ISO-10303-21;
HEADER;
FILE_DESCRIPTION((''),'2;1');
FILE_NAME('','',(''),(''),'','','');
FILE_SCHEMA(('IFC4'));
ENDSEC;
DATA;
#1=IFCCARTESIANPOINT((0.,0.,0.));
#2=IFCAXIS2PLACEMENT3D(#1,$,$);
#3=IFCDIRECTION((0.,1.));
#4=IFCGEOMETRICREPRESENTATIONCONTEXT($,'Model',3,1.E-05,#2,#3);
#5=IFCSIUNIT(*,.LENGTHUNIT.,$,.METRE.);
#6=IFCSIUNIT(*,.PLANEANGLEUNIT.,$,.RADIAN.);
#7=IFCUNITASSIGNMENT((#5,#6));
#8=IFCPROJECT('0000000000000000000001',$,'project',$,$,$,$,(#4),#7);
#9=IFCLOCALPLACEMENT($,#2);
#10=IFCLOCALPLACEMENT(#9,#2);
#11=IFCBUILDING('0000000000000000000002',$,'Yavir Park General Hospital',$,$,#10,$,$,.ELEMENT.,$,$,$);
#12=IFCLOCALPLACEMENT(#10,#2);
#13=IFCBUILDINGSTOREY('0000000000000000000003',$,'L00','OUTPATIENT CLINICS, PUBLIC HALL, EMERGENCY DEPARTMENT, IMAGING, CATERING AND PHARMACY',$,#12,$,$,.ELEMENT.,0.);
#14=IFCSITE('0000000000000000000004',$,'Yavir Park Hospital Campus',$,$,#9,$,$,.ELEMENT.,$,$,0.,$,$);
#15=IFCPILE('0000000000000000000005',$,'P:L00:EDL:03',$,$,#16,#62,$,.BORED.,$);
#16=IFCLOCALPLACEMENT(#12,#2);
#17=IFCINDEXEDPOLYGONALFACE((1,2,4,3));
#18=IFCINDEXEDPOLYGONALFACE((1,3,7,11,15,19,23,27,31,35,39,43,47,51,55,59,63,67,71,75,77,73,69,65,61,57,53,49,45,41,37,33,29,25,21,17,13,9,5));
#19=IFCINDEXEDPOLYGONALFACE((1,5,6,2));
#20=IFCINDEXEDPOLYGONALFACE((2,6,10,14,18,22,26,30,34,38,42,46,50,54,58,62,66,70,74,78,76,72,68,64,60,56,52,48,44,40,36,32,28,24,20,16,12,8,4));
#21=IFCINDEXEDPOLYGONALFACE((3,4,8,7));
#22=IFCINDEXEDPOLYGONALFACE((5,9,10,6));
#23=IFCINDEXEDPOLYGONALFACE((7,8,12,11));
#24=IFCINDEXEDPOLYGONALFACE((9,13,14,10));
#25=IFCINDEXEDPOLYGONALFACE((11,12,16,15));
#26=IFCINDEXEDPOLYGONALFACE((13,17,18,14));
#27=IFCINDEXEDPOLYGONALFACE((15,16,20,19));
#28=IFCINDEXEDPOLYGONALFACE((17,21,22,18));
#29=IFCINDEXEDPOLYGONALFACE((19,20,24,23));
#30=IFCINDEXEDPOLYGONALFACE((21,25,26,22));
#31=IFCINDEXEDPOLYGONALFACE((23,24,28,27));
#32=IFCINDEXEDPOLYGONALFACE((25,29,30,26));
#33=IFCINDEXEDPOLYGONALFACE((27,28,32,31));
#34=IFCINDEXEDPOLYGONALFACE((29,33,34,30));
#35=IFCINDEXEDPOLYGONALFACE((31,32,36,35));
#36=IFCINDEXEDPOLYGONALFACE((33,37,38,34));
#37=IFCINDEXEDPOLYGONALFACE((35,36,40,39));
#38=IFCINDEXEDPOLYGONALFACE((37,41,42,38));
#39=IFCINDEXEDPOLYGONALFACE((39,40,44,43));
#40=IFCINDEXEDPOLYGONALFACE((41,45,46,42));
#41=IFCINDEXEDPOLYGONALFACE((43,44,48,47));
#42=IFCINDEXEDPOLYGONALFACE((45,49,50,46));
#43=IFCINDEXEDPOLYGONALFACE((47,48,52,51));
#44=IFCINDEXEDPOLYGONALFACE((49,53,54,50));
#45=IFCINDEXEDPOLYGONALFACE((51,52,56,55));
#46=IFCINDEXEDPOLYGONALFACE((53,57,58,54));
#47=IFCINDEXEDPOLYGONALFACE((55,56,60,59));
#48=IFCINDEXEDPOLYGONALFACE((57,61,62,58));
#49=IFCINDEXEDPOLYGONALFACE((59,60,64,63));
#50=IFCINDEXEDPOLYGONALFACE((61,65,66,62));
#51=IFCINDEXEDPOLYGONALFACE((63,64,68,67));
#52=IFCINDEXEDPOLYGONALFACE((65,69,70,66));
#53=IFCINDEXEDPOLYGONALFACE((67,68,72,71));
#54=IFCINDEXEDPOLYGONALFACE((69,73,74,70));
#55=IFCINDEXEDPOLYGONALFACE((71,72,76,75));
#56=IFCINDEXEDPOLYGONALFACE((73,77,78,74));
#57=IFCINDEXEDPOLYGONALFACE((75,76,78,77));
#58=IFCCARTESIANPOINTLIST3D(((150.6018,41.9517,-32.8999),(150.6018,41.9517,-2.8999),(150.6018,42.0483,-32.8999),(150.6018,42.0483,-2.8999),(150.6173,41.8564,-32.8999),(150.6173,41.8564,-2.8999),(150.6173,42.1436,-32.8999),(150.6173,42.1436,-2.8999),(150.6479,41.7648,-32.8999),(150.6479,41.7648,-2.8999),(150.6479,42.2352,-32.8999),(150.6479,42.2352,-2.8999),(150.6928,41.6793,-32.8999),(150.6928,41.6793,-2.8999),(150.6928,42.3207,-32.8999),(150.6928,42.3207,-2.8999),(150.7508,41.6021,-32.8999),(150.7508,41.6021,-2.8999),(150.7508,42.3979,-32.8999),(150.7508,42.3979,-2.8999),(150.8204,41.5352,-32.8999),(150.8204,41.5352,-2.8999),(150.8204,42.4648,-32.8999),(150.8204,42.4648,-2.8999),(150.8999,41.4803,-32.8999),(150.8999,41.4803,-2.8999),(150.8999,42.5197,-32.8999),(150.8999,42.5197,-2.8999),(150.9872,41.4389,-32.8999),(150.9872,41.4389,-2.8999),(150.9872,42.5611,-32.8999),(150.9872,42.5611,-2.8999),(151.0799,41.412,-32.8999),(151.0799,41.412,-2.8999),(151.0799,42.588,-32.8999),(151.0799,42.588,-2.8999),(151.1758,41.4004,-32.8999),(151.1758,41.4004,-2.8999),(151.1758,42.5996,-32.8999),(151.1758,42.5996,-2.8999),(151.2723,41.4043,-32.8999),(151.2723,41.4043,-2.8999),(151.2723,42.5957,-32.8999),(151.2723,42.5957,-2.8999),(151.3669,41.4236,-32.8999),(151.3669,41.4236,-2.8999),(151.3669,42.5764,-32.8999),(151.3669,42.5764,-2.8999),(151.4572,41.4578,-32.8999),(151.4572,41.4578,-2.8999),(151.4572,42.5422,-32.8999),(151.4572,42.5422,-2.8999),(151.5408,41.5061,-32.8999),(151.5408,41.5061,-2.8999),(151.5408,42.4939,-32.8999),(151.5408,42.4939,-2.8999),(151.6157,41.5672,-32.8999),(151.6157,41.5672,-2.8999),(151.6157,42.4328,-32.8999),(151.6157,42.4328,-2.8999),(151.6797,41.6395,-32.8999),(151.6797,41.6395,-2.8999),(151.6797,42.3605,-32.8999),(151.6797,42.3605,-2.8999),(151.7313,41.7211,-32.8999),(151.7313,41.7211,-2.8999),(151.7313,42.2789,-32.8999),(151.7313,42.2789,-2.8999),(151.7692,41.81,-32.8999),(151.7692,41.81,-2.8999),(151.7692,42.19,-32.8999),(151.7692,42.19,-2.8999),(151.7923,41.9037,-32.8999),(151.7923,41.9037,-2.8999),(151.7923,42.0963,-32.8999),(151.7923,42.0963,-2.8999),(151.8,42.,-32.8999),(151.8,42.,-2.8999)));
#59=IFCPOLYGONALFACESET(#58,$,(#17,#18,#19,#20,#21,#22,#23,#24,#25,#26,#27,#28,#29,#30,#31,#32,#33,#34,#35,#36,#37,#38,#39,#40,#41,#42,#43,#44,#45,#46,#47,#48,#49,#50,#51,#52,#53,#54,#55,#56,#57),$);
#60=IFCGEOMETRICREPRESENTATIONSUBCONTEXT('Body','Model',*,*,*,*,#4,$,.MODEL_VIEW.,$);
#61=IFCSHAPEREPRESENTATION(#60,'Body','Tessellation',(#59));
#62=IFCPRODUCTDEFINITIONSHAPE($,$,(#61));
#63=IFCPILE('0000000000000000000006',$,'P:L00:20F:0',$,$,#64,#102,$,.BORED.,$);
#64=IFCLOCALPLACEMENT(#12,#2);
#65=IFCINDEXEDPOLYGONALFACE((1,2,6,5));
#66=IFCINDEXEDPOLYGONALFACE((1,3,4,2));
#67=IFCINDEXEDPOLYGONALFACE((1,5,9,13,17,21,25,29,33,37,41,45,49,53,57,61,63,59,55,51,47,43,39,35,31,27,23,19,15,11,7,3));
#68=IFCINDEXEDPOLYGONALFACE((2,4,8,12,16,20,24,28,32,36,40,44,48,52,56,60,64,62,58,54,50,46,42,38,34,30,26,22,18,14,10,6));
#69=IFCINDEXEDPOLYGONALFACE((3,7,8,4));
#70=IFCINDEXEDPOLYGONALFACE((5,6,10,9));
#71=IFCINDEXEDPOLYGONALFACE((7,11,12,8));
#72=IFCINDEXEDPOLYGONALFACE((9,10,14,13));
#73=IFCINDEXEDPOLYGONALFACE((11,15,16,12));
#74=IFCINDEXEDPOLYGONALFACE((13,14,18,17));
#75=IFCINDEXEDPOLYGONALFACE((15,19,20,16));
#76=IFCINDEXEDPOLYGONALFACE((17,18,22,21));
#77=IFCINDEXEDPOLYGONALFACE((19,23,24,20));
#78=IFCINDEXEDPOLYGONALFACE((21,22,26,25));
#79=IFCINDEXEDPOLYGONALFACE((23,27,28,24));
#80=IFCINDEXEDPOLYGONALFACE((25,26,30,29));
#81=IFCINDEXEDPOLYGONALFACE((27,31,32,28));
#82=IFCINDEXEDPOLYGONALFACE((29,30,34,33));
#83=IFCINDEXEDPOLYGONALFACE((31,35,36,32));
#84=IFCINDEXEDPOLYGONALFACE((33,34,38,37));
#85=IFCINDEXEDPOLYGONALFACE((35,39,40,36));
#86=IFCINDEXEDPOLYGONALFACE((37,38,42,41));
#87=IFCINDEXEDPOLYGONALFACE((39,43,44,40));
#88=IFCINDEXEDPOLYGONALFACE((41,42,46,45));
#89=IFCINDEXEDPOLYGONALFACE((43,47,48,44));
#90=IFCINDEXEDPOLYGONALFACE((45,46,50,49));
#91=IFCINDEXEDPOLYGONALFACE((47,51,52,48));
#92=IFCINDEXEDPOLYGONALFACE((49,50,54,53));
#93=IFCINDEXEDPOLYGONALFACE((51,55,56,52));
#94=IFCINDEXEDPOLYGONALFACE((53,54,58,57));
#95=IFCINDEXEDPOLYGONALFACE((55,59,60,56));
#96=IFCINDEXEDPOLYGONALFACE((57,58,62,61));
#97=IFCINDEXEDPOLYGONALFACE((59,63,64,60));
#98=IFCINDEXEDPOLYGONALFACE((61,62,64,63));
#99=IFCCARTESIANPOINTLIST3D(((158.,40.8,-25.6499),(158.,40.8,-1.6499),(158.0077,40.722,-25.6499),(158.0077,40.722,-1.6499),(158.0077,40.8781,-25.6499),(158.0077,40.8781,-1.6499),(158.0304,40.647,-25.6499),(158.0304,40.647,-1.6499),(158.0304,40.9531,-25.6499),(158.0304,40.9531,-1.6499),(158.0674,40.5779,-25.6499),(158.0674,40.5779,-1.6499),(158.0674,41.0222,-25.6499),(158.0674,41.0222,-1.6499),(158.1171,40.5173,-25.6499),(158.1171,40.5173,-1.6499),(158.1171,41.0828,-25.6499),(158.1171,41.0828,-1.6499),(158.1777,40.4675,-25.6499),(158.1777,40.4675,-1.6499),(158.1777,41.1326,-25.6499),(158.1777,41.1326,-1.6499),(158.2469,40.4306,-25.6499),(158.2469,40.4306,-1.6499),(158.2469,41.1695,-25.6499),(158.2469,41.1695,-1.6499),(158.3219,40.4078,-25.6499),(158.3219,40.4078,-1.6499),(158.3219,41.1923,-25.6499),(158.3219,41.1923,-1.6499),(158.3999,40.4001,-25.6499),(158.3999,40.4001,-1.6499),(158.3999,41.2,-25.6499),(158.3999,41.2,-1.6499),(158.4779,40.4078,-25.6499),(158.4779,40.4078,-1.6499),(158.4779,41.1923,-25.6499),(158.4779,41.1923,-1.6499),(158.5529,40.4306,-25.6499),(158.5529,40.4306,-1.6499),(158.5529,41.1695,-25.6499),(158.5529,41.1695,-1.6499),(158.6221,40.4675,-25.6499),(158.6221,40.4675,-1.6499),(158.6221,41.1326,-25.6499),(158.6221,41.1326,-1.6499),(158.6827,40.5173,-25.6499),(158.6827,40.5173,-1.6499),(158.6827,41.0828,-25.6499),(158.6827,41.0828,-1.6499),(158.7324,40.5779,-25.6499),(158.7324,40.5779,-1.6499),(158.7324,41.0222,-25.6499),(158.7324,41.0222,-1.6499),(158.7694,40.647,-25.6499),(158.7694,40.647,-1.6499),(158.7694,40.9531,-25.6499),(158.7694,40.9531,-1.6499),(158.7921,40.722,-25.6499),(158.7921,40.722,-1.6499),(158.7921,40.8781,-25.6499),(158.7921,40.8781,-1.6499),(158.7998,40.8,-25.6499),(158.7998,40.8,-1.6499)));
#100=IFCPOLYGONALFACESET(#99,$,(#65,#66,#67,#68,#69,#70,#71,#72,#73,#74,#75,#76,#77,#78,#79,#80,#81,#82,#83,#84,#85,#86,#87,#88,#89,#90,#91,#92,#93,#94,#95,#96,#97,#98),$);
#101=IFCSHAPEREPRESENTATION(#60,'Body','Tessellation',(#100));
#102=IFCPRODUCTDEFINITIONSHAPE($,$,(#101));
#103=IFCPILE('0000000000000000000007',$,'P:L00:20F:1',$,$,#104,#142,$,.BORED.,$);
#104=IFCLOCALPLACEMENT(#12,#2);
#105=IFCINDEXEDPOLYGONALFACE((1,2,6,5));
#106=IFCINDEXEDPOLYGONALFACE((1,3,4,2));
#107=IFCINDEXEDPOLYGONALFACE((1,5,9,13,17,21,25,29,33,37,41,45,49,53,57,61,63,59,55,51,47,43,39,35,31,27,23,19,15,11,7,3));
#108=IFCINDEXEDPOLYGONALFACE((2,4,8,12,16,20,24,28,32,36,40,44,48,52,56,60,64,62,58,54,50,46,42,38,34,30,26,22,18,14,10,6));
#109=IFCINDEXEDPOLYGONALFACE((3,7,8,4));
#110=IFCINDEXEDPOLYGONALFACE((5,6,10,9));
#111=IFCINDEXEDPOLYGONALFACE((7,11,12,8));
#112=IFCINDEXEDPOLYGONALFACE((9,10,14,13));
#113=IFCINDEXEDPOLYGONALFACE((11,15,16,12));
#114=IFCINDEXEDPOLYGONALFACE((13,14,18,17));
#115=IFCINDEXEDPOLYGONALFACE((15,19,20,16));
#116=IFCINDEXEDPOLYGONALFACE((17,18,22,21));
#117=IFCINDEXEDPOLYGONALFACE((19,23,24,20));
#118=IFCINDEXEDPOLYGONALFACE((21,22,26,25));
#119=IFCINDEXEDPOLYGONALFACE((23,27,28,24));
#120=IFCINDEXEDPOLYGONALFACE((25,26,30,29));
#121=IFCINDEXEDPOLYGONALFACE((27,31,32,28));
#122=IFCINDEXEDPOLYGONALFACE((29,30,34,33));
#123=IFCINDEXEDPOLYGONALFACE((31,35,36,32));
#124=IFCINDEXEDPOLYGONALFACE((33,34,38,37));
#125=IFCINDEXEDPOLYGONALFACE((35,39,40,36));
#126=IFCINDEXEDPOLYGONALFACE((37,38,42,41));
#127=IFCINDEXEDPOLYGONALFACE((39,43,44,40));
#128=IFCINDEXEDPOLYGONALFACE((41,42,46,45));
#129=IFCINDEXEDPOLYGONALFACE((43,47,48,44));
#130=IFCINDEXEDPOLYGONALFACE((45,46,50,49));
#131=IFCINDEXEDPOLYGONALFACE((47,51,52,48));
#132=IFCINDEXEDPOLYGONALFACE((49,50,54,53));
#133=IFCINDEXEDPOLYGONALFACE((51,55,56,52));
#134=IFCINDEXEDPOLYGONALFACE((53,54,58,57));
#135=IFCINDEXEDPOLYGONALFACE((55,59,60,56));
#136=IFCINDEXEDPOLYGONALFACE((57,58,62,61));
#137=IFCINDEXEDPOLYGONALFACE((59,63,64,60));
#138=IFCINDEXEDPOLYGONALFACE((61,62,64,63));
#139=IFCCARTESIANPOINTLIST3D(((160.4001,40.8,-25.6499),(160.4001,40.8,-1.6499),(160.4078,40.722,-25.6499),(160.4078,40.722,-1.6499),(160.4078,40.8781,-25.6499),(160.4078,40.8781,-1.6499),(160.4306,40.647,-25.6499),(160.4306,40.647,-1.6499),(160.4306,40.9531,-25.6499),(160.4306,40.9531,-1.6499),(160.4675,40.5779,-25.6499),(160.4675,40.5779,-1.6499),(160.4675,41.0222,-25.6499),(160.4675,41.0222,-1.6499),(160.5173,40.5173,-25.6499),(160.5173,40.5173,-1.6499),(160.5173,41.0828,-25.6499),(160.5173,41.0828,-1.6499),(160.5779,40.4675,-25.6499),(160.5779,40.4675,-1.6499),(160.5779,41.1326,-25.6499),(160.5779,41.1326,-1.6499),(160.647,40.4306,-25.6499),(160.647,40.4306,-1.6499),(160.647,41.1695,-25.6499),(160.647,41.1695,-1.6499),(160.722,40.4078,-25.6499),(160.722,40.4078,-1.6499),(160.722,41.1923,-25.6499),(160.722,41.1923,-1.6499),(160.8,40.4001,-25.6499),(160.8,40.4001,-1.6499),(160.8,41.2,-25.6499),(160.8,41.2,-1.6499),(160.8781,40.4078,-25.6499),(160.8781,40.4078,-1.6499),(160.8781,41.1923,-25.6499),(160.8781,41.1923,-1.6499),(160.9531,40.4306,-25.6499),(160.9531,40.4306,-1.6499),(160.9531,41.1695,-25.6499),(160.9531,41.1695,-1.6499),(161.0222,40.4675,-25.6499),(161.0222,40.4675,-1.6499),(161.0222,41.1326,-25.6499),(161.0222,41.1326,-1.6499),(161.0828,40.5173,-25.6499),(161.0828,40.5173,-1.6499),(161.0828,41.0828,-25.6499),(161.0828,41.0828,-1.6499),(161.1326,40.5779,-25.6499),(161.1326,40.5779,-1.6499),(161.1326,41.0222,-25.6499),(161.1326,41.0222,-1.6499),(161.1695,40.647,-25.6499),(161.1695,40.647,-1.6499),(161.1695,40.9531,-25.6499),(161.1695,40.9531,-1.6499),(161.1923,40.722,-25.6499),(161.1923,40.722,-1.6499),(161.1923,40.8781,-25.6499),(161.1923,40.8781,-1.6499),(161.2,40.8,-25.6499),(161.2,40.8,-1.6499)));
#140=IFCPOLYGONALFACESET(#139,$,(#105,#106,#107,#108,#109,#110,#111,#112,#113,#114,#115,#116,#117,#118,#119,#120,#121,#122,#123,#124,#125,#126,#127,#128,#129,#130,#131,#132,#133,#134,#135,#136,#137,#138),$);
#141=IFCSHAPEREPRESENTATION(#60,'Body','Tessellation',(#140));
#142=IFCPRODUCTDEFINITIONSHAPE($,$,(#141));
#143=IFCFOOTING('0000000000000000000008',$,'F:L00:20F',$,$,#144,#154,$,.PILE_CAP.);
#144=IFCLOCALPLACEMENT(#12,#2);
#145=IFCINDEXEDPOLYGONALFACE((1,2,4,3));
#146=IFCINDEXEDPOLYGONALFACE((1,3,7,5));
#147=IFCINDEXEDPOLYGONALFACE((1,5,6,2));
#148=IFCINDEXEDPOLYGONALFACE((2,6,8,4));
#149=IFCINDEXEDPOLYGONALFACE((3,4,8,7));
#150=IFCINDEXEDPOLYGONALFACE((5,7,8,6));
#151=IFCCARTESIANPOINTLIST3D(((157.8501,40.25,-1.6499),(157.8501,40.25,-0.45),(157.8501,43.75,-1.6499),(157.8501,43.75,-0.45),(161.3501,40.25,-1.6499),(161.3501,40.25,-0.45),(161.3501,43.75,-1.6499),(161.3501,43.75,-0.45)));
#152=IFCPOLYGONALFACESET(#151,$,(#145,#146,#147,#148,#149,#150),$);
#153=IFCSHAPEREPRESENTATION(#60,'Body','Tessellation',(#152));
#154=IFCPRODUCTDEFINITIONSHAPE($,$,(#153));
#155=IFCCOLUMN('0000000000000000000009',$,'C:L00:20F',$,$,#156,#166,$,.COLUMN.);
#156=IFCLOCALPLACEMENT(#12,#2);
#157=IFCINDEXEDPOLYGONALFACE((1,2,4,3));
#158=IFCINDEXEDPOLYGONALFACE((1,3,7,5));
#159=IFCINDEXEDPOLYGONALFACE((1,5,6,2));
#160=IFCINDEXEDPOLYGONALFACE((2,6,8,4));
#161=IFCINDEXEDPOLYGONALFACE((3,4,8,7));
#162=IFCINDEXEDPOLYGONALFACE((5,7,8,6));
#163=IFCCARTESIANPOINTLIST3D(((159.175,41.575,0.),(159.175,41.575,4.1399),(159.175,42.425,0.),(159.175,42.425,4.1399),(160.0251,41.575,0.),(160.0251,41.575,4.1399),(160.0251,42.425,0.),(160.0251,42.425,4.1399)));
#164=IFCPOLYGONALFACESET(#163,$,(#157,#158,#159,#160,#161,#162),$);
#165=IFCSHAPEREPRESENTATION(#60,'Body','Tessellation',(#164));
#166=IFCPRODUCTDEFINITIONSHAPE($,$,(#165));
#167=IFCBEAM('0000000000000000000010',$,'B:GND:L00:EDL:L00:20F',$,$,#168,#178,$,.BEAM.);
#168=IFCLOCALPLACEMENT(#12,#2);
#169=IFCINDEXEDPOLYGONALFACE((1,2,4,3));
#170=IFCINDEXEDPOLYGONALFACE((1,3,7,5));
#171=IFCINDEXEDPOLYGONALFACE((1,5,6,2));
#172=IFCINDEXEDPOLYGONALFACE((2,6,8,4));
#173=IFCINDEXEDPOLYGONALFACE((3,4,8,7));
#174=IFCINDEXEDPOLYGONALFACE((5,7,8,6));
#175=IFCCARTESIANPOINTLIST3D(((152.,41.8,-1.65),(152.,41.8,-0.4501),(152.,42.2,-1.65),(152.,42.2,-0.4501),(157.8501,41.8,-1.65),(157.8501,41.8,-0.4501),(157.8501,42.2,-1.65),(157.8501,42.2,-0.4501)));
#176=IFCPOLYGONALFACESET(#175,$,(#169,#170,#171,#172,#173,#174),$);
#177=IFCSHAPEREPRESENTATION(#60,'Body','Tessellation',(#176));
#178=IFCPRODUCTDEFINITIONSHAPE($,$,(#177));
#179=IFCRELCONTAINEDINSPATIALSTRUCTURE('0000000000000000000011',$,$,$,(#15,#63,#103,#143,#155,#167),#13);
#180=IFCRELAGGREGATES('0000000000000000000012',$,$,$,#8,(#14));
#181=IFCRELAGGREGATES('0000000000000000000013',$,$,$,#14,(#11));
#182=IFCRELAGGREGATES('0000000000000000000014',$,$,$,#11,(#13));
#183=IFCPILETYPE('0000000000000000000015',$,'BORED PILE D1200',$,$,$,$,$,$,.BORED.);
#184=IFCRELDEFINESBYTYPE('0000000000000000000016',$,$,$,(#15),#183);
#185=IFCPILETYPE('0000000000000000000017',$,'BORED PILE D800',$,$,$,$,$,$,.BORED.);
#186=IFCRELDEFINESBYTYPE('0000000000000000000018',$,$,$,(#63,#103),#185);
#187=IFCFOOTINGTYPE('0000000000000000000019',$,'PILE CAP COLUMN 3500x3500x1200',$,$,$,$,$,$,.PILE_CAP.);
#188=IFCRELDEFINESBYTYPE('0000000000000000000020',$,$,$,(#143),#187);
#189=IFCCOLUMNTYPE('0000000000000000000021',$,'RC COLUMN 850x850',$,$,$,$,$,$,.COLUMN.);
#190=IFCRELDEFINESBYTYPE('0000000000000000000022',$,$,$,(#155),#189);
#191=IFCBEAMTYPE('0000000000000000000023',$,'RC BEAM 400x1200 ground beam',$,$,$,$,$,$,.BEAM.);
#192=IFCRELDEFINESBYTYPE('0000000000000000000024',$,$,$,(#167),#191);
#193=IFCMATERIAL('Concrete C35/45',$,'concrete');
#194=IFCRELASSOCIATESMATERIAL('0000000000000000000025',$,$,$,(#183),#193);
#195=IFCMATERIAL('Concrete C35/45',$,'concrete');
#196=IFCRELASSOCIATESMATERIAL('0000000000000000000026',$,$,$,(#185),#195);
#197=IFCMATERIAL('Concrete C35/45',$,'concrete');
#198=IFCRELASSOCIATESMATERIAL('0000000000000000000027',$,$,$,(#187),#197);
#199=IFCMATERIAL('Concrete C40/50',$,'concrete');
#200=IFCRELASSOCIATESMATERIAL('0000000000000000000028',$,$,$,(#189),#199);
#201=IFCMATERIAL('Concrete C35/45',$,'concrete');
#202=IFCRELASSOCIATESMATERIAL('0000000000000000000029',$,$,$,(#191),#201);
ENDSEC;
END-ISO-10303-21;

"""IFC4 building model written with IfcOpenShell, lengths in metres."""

from ifc_helpers import new_model, si_unit, direction, frame, origin, origin_2d, place, context, subcontext, project, spatial, rectangle, circle, extrude, material, material_profile, profile_set, type_object, element, save


model = new_model("IFC4")

# Units and contexts
model_context = context("Model", 3, precision=1e-05, world=origin(), true_north=direction((0.0, 1.0)))
body_context = subcontext(model_context, "Body", "Model", "MODEL_VIEW")
ifc_project = project(units=[si_unit("LENGTHUNIT", "METRE"), si_unit("PLANEANGLEUNIT", "RADIAN")], contexts=[model_context])

# Site, building, storey
site_placement = place(None, origin())
site = spatial("IfcSite", under=ifc_project, at=site_placement, Name="Yavir Park Hospital Campus", CompositionType="ELEMENT", RefElevation=0.0)
building_placement = place(site_placement, origin())
building = spatial("IfcBuilding", under=site, at=building_placement, Name="Yavir Park General Hospital", CompositionType="ELEMENT")
storey_placement = place(building_placement, origin())
storey = spatial("IfcBuildingStorey", under=building, at=storey_placement, Name="L00", Description="OUTPATIENT CLINICS, PUBLIC HALL, EMERGENCY DEPARTMENT, IMAGING, CATERING AND PHARMACY", CompositionType="ELEMENT", Elevation=0.0)

# Piles
ifc_material_1 = material(Name="Concrete C35/45", Category="concrete")
ifc_material_profile_1 = material_profile(ifc_material_1, circle(Radius=0.6001, at=origin_2d()), Name="D1200")
ifc_profile_set_1 = profile_set([ifc_material_profile_1], Name="Concrete C35/45")
pile_type_1 = type_object("IfcPileType", Name="BORED PILE D1200", PredefinedType="BORED", material=ifc_profile_set_1)
pile_placement = place(storey_placement, frame((151.2, 42.0, -2.8999), z_axis=(0.0, 0.0, -1.0), x_axis=(1.0, 0.0, 0.0)))
element("IfcPile", 1, at=pile_placement, inside=storey, type_object=pile_type_1, Name="P:L00:EDL:03", PredefinedType="BORED", context=body_context, shape_type="SweptSolid", body=[
    extrude(circle(Radius=0.6001, at=origin_2d()), origin(), (0.0, 0.0, 1.0), 30.0),
])
ifc_material_2 = material(Name="Concrete C35/45", Category="concrete")
ifc_material_profile_2 = material_profile(ifc_material_2, circle(Radius=0.3999, at=origin_2d()), Name="D800")
ifc_profile_set_2 = profile_set([ifc_material_profile_2], Name="Concrete C35/45")
pile_type_2 = type_object("IfcPileType", Name="BORED PILE D800", PredefinedType="BORED", material=ifc_profile_set_2)
for number, where, z_axis, x_axis, name in (
    (2, (158.3999, 40.8, -1.6499), (0.0, 0.0, -1.0), (1.0, 0.0, 0.0), "P:L00:20F:0"),
    (3, (160.8, 40.8, -1.6499), (0.0, 0.0, -1.0), (1.0, 0.0, 0.0), "P:L00:20F:1"),
):
    element("IfcPile", number, at=place(storey_placement, frame(where, z_axis=z_axis, x_axis=x_axis)), inside=storey, type_object=pile_type_2, Name=name, PredefinedType="BORED", context=body_context, shape_type="SweptSolid", body=[
        extrude(circle(Radius=0.3999, at=origin_2d()), origin(), (0.0, 0.0, 1.0), 24.0),
    ])

# Footing
ifc_material_3 = material(Name="Concrete C35/45", Category="concrete")
footing_type = type_object("IfcFootingType", Name="PILE CAP COLUMN 3500x3500x1200", PredefinedType="PILE_CAP", material=ifc_material_3)
footing_placement = place(storey_placement, frame((159.6001, 42.0, -1.6499), z_axis=(0.0, 0.0, 1.0), x_axis=(1.0, 0.0, 0.0)))
element("IfcFooting", 4, at=footing_placement, inside=storey, type_object=footing_type, Name="F:L00:20F", PredefinedType="PILE_CAP", context=body_context, shape_type="SweptSolid", body=[
    extrude(rectangle(XDim=3.5, YDim=3.5, at=origin_2d()), origin(), (0.0, 0.0, 1.0), 1.2),
])

# Column
ifc_material_4 = material(Name="Concrete C40/50", Category="concrete")
ifc_material_profile_3 = material_profile(ifc_material_4, rectangle(XDim=0.8501, YDim=0.8501, at=origin_2d()), Name="RC850x850")
ifc_profile_set_3 = profile_set([ifc_material_profile_3], Name="Concrete C40/50")
column_type = type_object("IfcColumnType", Name="RC COLUMN 850x850", PredefinedType="COLUMN", material=ifc_profile_set_3)
column_placement = place(storey_placement, frame((159.6001, 42.0, 0.0), z_axis=(0.0, 0.0, 1.0), x_axis=(1.0, 0.0, 0.0)))
element("IfcColumn", 5, at=column_placement, inside=storey, type_object=column_type, Name="C:L00:20F", PredefinedType="COLUMN", context=body_context, shape_type="SweptSolid", body=[
    extrude(rectangle(XDim=0.8501, YDim=0.8501, at=origin_2d()), origin(), (0.0, 0.0, 1.0), 4.1399),
])

# Beam
ifc_material_5 = material(Name="Concrete C35/45", Category="concrete")
ifc_material_profile_4 = material_profile(ifc_material_5, rectangle(XDim=0.3999, YDim=1.2, at=origin_2d()), Name="RC400x1200")
ifc_profile_set_4 = profile_set([ifc_material_profile_4], Name="Concrete C35/45")
beam_type = type_object("IfcBeamType", Name="RC BEAM 400x1200 ground beam", PredefinedType="BEAM", material=ifc_profile_set_4)
beam_placement = place(storey_placement, frame((152.0, 42.0, -1.05), z_axis=(1.0, 0.0, 0.0), x_axis=(0.0, 1.0, 0.0)))
element("IfcBeam", 6, at=beam_placement, inside=storey, type_object=beam_type, Name="B:GND:L00:EDL:L00:20F", PredefinedType="BEAM", context=body_context, shape_type="SweptSolid", body=[
    extrude(rectangle(XDim=0.3999, YDim=1.2, at=origin_2d()), origin(), (0.0, 0.0, 1.0), 5.8501),
])

save(model, "model.ifc")
